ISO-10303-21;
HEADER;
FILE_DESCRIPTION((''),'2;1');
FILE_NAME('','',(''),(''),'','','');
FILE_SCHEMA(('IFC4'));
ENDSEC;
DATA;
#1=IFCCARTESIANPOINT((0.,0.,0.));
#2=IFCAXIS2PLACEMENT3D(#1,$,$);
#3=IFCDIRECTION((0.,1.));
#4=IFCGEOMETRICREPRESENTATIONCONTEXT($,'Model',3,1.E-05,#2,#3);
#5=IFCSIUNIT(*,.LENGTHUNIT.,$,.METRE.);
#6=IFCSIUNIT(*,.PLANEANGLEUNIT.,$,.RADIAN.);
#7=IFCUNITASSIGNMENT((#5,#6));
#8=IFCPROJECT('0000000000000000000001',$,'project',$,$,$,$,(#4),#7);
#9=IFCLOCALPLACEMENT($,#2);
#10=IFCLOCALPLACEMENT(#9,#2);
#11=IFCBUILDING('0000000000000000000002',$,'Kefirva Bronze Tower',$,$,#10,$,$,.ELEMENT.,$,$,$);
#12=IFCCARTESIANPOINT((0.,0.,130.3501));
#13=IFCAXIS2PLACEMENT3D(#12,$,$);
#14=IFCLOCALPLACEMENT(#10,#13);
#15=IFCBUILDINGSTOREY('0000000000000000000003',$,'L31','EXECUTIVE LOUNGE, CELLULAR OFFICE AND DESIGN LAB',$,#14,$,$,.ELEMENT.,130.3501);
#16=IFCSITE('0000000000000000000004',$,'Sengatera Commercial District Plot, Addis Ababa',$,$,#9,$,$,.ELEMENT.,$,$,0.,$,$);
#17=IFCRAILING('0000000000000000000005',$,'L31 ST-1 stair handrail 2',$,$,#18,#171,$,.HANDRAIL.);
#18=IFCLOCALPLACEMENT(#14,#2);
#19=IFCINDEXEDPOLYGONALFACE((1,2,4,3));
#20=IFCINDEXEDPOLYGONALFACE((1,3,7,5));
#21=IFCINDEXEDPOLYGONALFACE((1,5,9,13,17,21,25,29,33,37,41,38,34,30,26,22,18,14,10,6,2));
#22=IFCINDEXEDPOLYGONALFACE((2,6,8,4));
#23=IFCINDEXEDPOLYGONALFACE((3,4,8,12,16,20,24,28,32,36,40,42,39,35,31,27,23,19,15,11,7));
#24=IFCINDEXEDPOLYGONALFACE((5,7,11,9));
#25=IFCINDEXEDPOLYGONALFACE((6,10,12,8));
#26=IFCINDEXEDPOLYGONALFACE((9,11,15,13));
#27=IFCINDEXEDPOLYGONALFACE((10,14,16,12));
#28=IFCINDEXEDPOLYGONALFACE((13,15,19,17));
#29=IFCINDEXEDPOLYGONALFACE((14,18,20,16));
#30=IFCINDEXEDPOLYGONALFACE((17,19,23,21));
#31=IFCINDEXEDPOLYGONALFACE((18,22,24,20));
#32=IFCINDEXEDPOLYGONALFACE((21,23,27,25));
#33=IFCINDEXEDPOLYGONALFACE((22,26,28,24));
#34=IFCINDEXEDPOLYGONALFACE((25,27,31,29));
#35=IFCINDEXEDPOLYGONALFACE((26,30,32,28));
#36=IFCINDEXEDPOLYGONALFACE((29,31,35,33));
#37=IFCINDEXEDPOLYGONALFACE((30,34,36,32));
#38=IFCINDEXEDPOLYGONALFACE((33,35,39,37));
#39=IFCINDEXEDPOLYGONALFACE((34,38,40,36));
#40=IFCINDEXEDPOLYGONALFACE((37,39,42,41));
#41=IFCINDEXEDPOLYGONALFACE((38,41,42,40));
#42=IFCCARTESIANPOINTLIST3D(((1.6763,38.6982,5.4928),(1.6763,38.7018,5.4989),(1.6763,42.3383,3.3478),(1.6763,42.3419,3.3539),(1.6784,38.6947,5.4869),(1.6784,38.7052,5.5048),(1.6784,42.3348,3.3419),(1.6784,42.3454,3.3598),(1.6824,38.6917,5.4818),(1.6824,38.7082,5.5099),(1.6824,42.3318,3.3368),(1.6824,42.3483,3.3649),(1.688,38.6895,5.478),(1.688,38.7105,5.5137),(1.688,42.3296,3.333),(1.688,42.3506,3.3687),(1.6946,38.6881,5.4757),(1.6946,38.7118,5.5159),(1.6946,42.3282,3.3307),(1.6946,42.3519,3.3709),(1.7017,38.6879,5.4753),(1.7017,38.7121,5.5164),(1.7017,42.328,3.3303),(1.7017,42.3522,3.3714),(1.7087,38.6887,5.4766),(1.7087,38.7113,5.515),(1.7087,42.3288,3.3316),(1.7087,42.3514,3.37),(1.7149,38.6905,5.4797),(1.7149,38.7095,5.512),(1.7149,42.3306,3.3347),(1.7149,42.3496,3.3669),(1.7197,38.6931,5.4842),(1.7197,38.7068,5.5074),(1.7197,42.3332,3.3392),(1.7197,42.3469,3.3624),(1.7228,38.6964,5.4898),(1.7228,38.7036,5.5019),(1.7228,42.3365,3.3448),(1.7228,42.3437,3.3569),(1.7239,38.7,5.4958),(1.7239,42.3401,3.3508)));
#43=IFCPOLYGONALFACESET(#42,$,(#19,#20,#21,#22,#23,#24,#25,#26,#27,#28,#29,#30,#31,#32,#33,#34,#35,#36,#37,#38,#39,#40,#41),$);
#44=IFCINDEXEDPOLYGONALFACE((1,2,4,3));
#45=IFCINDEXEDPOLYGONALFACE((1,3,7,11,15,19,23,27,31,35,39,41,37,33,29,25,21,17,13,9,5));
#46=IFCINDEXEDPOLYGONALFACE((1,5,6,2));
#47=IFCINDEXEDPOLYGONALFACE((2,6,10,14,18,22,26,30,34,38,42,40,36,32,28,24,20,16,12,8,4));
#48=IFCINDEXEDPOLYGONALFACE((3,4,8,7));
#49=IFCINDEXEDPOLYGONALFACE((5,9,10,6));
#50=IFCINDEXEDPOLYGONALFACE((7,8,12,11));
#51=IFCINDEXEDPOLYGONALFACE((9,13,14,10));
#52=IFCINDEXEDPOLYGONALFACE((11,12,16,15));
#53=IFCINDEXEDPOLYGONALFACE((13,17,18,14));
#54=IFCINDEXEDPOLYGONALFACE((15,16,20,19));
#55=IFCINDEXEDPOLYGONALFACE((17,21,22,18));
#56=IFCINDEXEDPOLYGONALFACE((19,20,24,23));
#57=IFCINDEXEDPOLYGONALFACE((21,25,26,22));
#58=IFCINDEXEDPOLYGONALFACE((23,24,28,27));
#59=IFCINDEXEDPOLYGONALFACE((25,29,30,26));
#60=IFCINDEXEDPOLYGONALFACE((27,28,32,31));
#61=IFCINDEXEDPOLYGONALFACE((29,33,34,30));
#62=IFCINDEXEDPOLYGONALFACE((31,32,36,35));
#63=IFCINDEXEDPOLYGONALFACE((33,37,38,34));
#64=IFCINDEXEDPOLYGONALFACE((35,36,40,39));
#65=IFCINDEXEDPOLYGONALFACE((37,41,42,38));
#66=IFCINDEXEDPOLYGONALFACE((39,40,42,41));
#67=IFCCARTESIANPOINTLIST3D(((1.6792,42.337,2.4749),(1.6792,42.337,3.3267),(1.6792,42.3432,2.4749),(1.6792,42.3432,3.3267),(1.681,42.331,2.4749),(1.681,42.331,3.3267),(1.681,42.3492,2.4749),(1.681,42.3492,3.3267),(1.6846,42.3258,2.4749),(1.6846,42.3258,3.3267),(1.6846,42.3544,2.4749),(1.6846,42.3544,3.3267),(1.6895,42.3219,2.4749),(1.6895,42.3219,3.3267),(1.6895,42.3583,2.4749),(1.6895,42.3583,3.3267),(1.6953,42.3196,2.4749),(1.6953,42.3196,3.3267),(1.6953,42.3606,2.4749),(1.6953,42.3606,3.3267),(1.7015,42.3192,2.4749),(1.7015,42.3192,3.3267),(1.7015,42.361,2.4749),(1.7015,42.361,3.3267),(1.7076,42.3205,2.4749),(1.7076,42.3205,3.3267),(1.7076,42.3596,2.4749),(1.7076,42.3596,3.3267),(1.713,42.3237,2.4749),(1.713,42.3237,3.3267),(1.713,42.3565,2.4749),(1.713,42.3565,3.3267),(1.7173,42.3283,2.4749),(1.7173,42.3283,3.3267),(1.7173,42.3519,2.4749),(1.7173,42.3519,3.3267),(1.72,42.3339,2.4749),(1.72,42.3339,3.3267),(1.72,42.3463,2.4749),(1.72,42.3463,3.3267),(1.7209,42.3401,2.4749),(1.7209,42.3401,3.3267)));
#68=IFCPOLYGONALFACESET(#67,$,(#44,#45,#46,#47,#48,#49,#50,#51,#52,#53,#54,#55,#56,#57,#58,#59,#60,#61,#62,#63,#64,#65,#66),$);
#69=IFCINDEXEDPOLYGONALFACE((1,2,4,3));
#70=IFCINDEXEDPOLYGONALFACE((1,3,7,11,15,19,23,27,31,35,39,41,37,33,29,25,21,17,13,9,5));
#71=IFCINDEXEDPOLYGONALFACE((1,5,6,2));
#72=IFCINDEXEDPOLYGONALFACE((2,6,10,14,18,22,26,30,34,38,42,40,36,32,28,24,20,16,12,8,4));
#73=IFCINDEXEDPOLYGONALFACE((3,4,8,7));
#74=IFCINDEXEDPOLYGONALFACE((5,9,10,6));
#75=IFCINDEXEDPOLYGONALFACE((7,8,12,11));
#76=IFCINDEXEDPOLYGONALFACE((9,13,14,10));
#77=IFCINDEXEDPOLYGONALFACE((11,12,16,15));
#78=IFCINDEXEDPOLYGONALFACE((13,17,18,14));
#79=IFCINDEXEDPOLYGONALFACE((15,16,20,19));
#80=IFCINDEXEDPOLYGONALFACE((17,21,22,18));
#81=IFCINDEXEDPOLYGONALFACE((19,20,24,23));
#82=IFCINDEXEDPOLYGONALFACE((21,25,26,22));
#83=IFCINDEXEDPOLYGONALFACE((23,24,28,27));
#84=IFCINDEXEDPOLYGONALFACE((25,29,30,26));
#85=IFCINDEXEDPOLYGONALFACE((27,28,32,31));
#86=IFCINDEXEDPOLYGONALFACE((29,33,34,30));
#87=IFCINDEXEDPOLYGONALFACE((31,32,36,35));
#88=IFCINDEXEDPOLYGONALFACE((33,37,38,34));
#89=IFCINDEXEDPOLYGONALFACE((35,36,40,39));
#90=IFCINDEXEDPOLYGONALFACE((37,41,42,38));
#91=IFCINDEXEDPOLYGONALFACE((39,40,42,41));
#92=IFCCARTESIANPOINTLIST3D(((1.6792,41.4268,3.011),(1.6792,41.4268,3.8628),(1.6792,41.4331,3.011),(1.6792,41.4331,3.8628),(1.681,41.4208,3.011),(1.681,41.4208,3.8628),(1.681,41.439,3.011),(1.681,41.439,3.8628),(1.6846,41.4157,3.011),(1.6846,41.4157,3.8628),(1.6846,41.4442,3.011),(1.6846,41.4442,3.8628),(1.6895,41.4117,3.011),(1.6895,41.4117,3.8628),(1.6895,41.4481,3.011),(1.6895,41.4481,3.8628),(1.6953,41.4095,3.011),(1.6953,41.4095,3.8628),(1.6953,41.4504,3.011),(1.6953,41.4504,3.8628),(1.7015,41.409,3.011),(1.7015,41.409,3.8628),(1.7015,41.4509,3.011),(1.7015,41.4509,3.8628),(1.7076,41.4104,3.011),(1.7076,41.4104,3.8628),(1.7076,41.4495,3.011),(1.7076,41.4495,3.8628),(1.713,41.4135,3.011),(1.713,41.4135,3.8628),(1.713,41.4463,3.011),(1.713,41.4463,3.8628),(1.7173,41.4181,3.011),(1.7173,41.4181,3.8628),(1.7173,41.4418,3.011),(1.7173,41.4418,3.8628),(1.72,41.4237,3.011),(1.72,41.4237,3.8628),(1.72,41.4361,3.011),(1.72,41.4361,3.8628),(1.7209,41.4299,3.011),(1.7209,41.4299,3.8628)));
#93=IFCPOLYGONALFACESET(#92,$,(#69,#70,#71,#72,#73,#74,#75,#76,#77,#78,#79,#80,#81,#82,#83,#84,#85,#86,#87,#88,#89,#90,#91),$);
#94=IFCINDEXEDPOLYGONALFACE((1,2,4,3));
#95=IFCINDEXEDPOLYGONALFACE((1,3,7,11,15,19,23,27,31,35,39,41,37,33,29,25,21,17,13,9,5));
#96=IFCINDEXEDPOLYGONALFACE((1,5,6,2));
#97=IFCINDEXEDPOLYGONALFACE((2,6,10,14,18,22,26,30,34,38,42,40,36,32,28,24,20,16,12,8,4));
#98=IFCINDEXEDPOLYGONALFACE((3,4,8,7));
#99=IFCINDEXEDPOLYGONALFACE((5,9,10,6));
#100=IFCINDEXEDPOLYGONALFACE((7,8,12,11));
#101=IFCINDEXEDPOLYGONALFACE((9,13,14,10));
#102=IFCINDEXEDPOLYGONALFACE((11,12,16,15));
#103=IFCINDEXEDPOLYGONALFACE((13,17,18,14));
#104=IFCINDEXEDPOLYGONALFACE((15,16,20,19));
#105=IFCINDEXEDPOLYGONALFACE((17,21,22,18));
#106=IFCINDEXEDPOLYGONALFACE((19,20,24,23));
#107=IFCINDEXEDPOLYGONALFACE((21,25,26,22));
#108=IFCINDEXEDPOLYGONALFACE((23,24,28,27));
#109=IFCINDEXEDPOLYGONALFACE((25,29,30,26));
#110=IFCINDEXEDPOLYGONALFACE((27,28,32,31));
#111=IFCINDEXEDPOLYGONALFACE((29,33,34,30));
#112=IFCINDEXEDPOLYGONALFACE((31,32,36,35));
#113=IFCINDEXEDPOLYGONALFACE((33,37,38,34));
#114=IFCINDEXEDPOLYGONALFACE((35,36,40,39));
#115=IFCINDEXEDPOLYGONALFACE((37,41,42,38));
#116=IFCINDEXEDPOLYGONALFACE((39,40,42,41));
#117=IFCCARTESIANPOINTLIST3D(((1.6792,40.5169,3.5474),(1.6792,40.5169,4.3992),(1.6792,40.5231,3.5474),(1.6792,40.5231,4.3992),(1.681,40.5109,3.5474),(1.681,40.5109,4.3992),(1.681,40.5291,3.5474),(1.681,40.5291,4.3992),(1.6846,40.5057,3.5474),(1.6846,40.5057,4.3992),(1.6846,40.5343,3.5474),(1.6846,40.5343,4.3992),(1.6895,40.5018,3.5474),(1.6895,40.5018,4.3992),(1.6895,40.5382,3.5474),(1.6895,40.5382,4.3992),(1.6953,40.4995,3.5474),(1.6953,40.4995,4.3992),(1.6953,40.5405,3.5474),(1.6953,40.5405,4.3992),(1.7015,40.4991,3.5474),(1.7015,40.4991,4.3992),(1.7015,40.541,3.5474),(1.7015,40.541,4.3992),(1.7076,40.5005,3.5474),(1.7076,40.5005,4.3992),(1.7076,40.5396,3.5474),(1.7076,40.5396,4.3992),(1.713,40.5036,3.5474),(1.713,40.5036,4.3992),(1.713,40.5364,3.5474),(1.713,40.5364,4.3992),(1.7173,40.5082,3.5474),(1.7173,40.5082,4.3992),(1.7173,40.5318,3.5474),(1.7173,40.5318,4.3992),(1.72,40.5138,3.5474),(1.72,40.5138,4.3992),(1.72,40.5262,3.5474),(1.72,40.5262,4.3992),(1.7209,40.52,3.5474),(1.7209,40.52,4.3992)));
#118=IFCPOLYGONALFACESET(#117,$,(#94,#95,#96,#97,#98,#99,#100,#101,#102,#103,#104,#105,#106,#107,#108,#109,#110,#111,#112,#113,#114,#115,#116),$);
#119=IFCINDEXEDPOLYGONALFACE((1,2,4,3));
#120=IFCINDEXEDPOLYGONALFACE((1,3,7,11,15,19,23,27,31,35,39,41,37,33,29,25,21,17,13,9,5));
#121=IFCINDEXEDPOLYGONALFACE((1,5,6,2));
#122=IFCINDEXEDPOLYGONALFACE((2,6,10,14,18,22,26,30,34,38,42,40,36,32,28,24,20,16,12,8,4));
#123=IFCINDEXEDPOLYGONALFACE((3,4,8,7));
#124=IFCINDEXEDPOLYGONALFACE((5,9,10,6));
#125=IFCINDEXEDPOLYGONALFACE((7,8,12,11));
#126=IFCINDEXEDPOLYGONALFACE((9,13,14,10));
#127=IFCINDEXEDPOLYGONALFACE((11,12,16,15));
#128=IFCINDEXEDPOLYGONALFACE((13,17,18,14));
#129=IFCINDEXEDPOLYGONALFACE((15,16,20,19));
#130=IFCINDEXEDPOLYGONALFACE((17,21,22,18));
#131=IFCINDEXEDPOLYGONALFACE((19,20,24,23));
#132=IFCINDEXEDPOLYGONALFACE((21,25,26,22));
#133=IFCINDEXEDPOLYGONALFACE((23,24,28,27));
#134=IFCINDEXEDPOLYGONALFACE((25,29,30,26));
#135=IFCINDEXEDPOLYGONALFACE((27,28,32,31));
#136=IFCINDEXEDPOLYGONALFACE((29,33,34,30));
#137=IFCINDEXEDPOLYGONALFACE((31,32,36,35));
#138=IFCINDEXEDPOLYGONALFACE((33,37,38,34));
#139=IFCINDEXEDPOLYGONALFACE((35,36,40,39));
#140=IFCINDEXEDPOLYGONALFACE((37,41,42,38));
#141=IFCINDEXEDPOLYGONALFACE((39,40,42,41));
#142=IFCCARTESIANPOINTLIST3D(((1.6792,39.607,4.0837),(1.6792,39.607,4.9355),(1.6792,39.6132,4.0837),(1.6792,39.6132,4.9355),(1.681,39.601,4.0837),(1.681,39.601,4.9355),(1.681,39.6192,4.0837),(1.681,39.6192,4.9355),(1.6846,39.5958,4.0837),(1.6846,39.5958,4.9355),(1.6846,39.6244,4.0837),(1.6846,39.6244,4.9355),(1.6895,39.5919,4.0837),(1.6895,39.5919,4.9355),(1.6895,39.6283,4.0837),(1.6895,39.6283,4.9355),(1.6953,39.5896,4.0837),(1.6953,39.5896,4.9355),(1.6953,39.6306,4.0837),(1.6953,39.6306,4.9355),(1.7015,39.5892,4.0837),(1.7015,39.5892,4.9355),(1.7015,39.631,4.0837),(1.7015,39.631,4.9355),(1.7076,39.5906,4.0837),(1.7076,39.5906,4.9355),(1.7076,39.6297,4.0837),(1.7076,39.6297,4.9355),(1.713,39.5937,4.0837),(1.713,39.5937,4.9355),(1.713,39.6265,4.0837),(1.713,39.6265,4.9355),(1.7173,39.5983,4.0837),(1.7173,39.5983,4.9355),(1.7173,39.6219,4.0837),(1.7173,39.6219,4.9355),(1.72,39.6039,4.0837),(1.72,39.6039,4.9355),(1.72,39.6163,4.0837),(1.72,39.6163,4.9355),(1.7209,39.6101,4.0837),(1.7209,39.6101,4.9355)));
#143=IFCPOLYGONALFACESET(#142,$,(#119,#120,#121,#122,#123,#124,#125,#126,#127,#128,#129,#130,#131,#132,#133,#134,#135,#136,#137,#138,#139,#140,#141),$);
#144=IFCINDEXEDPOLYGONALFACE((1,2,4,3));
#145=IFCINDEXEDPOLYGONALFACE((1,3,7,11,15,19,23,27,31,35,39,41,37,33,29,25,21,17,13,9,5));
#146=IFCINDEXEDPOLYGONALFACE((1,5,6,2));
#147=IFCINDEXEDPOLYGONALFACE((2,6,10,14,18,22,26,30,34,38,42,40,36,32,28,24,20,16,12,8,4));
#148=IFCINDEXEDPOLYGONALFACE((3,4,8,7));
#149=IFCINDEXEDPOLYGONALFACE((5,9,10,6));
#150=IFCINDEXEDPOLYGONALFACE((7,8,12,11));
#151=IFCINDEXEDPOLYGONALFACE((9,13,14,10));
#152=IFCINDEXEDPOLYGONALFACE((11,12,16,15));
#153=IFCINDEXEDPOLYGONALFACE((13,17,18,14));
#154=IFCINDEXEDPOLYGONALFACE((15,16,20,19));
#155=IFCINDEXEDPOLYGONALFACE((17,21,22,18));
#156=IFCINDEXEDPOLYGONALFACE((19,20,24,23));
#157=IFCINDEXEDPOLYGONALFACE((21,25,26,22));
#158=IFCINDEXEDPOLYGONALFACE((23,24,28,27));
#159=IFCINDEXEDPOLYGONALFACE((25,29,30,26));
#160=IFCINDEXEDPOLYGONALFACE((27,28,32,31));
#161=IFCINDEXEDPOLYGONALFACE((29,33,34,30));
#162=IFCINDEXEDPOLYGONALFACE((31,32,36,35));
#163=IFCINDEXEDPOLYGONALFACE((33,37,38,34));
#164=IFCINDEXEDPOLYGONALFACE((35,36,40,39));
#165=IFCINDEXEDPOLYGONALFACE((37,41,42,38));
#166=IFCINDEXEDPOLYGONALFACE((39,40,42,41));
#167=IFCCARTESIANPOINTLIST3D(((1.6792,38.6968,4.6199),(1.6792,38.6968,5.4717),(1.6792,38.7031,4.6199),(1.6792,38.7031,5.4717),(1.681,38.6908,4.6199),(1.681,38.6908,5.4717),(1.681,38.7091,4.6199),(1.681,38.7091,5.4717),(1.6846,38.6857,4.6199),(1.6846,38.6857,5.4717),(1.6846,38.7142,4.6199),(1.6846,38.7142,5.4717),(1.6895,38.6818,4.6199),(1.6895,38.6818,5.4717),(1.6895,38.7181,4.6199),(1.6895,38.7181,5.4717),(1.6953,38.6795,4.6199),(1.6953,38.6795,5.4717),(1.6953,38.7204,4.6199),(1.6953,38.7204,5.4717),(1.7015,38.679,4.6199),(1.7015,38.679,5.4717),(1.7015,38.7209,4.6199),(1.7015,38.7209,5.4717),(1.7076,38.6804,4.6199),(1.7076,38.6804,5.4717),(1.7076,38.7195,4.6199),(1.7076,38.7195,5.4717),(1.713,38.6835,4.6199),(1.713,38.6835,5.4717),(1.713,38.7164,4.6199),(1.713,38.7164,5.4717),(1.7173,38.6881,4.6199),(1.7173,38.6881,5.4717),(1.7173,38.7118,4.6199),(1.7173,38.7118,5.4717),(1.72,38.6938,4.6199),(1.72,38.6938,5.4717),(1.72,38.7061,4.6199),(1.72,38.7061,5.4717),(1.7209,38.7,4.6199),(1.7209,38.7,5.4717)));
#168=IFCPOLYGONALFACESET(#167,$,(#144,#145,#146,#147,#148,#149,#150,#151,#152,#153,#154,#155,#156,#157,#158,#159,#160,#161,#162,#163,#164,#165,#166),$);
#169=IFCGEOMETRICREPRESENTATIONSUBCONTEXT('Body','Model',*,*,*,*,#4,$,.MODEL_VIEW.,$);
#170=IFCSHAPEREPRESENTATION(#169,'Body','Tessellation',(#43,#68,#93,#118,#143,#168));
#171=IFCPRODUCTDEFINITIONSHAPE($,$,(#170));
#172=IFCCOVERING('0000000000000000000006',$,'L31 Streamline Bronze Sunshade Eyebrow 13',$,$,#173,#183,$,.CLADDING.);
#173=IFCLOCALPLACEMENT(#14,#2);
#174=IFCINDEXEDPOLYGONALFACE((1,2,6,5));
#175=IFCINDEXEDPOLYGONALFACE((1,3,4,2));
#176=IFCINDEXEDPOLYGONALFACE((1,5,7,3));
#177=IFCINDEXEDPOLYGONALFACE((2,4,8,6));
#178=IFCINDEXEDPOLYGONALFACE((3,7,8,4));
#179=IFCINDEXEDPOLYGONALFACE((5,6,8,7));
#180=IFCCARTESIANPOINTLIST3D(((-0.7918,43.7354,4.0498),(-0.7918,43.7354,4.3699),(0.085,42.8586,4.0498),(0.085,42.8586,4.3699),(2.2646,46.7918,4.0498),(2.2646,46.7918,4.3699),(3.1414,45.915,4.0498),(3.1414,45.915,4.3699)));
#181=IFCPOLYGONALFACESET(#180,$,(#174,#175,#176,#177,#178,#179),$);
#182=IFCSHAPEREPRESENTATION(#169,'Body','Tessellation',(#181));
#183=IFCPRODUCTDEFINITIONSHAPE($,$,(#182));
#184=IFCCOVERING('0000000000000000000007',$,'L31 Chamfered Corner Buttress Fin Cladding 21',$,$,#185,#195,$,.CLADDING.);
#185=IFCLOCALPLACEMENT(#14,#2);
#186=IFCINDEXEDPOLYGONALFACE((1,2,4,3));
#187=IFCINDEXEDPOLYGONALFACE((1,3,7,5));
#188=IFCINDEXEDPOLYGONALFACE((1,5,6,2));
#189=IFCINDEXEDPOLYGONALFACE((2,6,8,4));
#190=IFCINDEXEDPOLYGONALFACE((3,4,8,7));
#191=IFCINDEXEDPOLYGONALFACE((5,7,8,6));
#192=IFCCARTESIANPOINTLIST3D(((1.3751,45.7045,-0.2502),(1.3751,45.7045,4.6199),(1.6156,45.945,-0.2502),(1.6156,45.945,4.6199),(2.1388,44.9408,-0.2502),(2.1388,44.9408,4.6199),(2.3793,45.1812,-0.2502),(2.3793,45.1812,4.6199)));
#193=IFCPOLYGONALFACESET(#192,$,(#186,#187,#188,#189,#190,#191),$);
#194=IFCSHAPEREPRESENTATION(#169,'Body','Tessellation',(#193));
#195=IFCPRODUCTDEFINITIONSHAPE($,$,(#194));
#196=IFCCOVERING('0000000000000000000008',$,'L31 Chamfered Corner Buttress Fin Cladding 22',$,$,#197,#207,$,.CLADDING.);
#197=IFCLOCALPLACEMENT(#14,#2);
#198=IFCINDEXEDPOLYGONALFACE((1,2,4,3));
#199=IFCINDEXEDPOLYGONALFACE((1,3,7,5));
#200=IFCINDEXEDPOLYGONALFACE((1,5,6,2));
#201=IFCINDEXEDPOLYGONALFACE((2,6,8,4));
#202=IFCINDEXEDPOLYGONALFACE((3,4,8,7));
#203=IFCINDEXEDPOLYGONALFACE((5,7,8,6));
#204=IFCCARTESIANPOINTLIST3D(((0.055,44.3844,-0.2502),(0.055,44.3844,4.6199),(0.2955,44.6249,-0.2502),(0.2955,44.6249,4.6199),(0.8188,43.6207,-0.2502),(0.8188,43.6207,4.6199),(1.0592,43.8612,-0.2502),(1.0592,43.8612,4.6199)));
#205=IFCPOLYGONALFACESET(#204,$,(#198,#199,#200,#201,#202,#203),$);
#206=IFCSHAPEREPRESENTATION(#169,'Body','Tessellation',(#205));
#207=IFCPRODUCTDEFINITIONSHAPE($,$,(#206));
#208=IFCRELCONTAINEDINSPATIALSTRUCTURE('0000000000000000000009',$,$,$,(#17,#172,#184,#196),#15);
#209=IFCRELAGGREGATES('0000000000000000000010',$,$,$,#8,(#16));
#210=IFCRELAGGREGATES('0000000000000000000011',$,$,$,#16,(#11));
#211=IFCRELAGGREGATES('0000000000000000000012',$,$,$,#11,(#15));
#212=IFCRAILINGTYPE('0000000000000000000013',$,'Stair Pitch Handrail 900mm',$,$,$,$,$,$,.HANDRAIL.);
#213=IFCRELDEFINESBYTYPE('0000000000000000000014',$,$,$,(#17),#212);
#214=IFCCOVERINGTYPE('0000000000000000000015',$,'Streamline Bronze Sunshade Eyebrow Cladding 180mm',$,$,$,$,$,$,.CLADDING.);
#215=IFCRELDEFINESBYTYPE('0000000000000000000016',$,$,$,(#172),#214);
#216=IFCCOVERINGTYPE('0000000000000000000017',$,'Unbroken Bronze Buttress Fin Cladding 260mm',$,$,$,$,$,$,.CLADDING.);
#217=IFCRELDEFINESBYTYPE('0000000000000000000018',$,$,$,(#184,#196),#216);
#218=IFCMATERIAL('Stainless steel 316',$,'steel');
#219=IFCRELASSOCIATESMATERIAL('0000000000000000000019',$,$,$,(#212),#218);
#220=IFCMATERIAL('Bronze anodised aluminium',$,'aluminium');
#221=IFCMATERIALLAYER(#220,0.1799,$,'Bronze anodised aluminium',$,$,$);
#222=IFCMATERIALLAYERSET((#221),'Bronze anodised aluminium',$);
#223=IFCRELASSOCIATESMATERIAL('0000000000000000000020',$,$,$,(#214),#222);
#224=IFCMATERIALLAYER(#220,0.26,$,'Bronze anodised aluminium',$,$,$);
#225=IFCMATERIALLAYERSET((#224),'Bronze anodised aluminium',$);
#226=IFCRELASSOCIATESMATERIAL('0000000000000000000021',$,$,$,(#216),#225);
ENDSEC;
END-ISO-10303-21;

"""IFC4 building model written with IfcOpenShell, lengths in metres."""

from ifc_helpers import new_model, si_unit, direction, frame, origin, origin_2d, place, context, subcontext, project, spatial, rectangle, circle, extrude, material, layer, layer_set, type_object, element, save


model = new_model("IFC4")

# Units and contexts
model_context = context("Model", 3, precision=1e-05, world=origin(), true_north=direction((0.0, 1.0)))
body_context = subcontext(model_context, "Body", "Model", "MODEL_VIEW")
ifc_project = project(units=[si_unit("LENGTHUNIT", "METRE"), si_unit("PLANEANGLEUNIT", "RADIAN")], contexts=[model_context])

# Site, building, storey
site_placement = place(None, origin())
site = spatial("IfcSite", under=ifc_project, at=site_placement, Name="Sengatera Commercial District Plot, Addis Ababa", CompositionType="ELEMENT", RefElevation=0.0)
building_placement = place(site_placement, origin())
building = spatial("IfcBuilding", under=site, at=building_placement, Name="Kefirva Bronze Tower", CompositionType="ELEMENT")
storey_placement = place(building_placement, frame((0.0, 0.0, 130.3501)))
storey = spatial("IfcBuildingStorey", under=building, at=storey_placement, Name="L31", Description="EXECUTIVE LOUNGE, CELLULAR OFFICE AND DESIGN LAB", CompositionType="ELEMENT", Elevation=130.3501)

# Shared definitions
ifc_material_1 = material(Name="Stainless steel 316", Category="steel")

# Shared definitions
ifc_material_2 = material(Name="Bronze anodised aluminium", Category="aluminium")

# Railing
railing_type_1 = type_object("IfcRailingType", Name="Stair Pitch Handrail 900mm", PredefinedType="HANDRAIL", material=ifc_material_1)
railing_1_placement = place(storey_placement, frame((1.7, 42.3401, 2.4749)))
element("IfcRailing", 1, at=railing_1_placement, inside=storey, type_object=railing_type_1, Name="L31 ST-1 stair handrail 2", PredefinedType="HANDRAIL", context=body_context, shape_type="SweptSolid", body=[
    extrude(circle(Radius=0.0239, at=origin_2d()), frame((0.0, 0.0, 0.876), z_axis=(0.0, -0.861545, 0.507682), x_axis=(1.0, 0.0, 0.0)), (0.0, 0.0, 1.0), 4.2251),
    extrude(circle(Radius=0.021, at=origin_2d()), origin(), (0.0, 0.0, 1.0), 0.8518),
    extrude(circle(Radius=0.021, at=origin_2d()), frame((0.0, -0.9102, 0.5361)), (0.0, 0.0, 1.0), 0.8518),
    extrude(circle(Radius=0.021, at=origin_2d()), frame((0.0, -1.8201, 1.0725)), (0.0, 0.0, 1.0), 0.8518),
    extrude(circle(Radius=0.021, at=origin_2d()), frame((0.0, -2.73, 1.6089)), (0.0, 0.0, 1.0), 0.8518),
    extrude(circle(Radius=0.021, at=origin_2d()), frame((0.0, -3.6401, 2.145)), (0.0, 0.0, 1.0), 0.8518),
])

# Coverings
ifc_layer_1 = layer(ifc_material_2, 0.1799, Name="Bronze anodised aluminium")
ifc_layer_set_1 = layer_set([ifc_layer_1], Name="Bronze anodised aluminium")
covering_type_1 = type_object("IfcCoveringType", Name="Streamline Bronze Sunshade Eyebrow Cladding 180mm", PredefinedType="CLADDING", material=ifc_layer_set_1)
covering_1_placement = place(storey_placement, frame((1.1748, 44.8252, 4.0498), z_axis=(0.0, 0.0, 1.0), x_axis=(-0.707107, -0.707107, 0.0)))
element("IfcCovering", 2, at=covering_1_placement, inside=storey, type_object=covering_type_1, Name="L31 Streamline Bronze Sunshade Eyebrow 13", PredefinedType="CLADDING", context=body_context, shape_type="SweptSolid", body=[
    extrude(rectangle(XDim=4.3225, YDim=1.24, at=origin_2d()), origin(), (0.0, 0.0, 1.0), 0.3201),
])
ifc_layer_2 = layer(ifc_material_2, 0.26, Name="Bronze anodised aluminium")
ifc_layer_set_2 = layer_set([ifc_layer_2], Name="Bronze anodised aluminium")
covering_type_2 = type_object("IfcCoveringType", Name="Unbroken Bronze Buttress Fin Cladding 260mm", PredefinedType="CLADDING", material=ifc_layer_set_2)
for number, where, z_axis, x_axis, name in (
    (3, (1.8772, 45.4429, -0.2502), (0.0, 0.0, 1.0), (-0.707107, -0.707107, 0.0), "L31 Chamfered Corner Buttress Fin Cladding 21"),
    (4, (0.5571, 44.1228, -0.2502), (0.0, 0.0, 1.0), (-0.707107, -0.707107, 0.0), "L31 Chamfered Corner Buttress Fin Cladding 22"),
):
    element("IfcCovering", number, at=place(storey_placement, frame(where, z_axis=z_axis, x_axis=x_axis)), inside=storey, type_object=covering_type_2, Name=name, PredefinedType="CLADDING", context=body_context, shape_type="SweptSolid", body=[
        extrude(rectangle(XDim=0.3401, YDim=1.0801, at=origin_2d()), origin(), (0.0, 0.0, 1.0), 4.8701),
    ])

save(model, "model.ifc")
